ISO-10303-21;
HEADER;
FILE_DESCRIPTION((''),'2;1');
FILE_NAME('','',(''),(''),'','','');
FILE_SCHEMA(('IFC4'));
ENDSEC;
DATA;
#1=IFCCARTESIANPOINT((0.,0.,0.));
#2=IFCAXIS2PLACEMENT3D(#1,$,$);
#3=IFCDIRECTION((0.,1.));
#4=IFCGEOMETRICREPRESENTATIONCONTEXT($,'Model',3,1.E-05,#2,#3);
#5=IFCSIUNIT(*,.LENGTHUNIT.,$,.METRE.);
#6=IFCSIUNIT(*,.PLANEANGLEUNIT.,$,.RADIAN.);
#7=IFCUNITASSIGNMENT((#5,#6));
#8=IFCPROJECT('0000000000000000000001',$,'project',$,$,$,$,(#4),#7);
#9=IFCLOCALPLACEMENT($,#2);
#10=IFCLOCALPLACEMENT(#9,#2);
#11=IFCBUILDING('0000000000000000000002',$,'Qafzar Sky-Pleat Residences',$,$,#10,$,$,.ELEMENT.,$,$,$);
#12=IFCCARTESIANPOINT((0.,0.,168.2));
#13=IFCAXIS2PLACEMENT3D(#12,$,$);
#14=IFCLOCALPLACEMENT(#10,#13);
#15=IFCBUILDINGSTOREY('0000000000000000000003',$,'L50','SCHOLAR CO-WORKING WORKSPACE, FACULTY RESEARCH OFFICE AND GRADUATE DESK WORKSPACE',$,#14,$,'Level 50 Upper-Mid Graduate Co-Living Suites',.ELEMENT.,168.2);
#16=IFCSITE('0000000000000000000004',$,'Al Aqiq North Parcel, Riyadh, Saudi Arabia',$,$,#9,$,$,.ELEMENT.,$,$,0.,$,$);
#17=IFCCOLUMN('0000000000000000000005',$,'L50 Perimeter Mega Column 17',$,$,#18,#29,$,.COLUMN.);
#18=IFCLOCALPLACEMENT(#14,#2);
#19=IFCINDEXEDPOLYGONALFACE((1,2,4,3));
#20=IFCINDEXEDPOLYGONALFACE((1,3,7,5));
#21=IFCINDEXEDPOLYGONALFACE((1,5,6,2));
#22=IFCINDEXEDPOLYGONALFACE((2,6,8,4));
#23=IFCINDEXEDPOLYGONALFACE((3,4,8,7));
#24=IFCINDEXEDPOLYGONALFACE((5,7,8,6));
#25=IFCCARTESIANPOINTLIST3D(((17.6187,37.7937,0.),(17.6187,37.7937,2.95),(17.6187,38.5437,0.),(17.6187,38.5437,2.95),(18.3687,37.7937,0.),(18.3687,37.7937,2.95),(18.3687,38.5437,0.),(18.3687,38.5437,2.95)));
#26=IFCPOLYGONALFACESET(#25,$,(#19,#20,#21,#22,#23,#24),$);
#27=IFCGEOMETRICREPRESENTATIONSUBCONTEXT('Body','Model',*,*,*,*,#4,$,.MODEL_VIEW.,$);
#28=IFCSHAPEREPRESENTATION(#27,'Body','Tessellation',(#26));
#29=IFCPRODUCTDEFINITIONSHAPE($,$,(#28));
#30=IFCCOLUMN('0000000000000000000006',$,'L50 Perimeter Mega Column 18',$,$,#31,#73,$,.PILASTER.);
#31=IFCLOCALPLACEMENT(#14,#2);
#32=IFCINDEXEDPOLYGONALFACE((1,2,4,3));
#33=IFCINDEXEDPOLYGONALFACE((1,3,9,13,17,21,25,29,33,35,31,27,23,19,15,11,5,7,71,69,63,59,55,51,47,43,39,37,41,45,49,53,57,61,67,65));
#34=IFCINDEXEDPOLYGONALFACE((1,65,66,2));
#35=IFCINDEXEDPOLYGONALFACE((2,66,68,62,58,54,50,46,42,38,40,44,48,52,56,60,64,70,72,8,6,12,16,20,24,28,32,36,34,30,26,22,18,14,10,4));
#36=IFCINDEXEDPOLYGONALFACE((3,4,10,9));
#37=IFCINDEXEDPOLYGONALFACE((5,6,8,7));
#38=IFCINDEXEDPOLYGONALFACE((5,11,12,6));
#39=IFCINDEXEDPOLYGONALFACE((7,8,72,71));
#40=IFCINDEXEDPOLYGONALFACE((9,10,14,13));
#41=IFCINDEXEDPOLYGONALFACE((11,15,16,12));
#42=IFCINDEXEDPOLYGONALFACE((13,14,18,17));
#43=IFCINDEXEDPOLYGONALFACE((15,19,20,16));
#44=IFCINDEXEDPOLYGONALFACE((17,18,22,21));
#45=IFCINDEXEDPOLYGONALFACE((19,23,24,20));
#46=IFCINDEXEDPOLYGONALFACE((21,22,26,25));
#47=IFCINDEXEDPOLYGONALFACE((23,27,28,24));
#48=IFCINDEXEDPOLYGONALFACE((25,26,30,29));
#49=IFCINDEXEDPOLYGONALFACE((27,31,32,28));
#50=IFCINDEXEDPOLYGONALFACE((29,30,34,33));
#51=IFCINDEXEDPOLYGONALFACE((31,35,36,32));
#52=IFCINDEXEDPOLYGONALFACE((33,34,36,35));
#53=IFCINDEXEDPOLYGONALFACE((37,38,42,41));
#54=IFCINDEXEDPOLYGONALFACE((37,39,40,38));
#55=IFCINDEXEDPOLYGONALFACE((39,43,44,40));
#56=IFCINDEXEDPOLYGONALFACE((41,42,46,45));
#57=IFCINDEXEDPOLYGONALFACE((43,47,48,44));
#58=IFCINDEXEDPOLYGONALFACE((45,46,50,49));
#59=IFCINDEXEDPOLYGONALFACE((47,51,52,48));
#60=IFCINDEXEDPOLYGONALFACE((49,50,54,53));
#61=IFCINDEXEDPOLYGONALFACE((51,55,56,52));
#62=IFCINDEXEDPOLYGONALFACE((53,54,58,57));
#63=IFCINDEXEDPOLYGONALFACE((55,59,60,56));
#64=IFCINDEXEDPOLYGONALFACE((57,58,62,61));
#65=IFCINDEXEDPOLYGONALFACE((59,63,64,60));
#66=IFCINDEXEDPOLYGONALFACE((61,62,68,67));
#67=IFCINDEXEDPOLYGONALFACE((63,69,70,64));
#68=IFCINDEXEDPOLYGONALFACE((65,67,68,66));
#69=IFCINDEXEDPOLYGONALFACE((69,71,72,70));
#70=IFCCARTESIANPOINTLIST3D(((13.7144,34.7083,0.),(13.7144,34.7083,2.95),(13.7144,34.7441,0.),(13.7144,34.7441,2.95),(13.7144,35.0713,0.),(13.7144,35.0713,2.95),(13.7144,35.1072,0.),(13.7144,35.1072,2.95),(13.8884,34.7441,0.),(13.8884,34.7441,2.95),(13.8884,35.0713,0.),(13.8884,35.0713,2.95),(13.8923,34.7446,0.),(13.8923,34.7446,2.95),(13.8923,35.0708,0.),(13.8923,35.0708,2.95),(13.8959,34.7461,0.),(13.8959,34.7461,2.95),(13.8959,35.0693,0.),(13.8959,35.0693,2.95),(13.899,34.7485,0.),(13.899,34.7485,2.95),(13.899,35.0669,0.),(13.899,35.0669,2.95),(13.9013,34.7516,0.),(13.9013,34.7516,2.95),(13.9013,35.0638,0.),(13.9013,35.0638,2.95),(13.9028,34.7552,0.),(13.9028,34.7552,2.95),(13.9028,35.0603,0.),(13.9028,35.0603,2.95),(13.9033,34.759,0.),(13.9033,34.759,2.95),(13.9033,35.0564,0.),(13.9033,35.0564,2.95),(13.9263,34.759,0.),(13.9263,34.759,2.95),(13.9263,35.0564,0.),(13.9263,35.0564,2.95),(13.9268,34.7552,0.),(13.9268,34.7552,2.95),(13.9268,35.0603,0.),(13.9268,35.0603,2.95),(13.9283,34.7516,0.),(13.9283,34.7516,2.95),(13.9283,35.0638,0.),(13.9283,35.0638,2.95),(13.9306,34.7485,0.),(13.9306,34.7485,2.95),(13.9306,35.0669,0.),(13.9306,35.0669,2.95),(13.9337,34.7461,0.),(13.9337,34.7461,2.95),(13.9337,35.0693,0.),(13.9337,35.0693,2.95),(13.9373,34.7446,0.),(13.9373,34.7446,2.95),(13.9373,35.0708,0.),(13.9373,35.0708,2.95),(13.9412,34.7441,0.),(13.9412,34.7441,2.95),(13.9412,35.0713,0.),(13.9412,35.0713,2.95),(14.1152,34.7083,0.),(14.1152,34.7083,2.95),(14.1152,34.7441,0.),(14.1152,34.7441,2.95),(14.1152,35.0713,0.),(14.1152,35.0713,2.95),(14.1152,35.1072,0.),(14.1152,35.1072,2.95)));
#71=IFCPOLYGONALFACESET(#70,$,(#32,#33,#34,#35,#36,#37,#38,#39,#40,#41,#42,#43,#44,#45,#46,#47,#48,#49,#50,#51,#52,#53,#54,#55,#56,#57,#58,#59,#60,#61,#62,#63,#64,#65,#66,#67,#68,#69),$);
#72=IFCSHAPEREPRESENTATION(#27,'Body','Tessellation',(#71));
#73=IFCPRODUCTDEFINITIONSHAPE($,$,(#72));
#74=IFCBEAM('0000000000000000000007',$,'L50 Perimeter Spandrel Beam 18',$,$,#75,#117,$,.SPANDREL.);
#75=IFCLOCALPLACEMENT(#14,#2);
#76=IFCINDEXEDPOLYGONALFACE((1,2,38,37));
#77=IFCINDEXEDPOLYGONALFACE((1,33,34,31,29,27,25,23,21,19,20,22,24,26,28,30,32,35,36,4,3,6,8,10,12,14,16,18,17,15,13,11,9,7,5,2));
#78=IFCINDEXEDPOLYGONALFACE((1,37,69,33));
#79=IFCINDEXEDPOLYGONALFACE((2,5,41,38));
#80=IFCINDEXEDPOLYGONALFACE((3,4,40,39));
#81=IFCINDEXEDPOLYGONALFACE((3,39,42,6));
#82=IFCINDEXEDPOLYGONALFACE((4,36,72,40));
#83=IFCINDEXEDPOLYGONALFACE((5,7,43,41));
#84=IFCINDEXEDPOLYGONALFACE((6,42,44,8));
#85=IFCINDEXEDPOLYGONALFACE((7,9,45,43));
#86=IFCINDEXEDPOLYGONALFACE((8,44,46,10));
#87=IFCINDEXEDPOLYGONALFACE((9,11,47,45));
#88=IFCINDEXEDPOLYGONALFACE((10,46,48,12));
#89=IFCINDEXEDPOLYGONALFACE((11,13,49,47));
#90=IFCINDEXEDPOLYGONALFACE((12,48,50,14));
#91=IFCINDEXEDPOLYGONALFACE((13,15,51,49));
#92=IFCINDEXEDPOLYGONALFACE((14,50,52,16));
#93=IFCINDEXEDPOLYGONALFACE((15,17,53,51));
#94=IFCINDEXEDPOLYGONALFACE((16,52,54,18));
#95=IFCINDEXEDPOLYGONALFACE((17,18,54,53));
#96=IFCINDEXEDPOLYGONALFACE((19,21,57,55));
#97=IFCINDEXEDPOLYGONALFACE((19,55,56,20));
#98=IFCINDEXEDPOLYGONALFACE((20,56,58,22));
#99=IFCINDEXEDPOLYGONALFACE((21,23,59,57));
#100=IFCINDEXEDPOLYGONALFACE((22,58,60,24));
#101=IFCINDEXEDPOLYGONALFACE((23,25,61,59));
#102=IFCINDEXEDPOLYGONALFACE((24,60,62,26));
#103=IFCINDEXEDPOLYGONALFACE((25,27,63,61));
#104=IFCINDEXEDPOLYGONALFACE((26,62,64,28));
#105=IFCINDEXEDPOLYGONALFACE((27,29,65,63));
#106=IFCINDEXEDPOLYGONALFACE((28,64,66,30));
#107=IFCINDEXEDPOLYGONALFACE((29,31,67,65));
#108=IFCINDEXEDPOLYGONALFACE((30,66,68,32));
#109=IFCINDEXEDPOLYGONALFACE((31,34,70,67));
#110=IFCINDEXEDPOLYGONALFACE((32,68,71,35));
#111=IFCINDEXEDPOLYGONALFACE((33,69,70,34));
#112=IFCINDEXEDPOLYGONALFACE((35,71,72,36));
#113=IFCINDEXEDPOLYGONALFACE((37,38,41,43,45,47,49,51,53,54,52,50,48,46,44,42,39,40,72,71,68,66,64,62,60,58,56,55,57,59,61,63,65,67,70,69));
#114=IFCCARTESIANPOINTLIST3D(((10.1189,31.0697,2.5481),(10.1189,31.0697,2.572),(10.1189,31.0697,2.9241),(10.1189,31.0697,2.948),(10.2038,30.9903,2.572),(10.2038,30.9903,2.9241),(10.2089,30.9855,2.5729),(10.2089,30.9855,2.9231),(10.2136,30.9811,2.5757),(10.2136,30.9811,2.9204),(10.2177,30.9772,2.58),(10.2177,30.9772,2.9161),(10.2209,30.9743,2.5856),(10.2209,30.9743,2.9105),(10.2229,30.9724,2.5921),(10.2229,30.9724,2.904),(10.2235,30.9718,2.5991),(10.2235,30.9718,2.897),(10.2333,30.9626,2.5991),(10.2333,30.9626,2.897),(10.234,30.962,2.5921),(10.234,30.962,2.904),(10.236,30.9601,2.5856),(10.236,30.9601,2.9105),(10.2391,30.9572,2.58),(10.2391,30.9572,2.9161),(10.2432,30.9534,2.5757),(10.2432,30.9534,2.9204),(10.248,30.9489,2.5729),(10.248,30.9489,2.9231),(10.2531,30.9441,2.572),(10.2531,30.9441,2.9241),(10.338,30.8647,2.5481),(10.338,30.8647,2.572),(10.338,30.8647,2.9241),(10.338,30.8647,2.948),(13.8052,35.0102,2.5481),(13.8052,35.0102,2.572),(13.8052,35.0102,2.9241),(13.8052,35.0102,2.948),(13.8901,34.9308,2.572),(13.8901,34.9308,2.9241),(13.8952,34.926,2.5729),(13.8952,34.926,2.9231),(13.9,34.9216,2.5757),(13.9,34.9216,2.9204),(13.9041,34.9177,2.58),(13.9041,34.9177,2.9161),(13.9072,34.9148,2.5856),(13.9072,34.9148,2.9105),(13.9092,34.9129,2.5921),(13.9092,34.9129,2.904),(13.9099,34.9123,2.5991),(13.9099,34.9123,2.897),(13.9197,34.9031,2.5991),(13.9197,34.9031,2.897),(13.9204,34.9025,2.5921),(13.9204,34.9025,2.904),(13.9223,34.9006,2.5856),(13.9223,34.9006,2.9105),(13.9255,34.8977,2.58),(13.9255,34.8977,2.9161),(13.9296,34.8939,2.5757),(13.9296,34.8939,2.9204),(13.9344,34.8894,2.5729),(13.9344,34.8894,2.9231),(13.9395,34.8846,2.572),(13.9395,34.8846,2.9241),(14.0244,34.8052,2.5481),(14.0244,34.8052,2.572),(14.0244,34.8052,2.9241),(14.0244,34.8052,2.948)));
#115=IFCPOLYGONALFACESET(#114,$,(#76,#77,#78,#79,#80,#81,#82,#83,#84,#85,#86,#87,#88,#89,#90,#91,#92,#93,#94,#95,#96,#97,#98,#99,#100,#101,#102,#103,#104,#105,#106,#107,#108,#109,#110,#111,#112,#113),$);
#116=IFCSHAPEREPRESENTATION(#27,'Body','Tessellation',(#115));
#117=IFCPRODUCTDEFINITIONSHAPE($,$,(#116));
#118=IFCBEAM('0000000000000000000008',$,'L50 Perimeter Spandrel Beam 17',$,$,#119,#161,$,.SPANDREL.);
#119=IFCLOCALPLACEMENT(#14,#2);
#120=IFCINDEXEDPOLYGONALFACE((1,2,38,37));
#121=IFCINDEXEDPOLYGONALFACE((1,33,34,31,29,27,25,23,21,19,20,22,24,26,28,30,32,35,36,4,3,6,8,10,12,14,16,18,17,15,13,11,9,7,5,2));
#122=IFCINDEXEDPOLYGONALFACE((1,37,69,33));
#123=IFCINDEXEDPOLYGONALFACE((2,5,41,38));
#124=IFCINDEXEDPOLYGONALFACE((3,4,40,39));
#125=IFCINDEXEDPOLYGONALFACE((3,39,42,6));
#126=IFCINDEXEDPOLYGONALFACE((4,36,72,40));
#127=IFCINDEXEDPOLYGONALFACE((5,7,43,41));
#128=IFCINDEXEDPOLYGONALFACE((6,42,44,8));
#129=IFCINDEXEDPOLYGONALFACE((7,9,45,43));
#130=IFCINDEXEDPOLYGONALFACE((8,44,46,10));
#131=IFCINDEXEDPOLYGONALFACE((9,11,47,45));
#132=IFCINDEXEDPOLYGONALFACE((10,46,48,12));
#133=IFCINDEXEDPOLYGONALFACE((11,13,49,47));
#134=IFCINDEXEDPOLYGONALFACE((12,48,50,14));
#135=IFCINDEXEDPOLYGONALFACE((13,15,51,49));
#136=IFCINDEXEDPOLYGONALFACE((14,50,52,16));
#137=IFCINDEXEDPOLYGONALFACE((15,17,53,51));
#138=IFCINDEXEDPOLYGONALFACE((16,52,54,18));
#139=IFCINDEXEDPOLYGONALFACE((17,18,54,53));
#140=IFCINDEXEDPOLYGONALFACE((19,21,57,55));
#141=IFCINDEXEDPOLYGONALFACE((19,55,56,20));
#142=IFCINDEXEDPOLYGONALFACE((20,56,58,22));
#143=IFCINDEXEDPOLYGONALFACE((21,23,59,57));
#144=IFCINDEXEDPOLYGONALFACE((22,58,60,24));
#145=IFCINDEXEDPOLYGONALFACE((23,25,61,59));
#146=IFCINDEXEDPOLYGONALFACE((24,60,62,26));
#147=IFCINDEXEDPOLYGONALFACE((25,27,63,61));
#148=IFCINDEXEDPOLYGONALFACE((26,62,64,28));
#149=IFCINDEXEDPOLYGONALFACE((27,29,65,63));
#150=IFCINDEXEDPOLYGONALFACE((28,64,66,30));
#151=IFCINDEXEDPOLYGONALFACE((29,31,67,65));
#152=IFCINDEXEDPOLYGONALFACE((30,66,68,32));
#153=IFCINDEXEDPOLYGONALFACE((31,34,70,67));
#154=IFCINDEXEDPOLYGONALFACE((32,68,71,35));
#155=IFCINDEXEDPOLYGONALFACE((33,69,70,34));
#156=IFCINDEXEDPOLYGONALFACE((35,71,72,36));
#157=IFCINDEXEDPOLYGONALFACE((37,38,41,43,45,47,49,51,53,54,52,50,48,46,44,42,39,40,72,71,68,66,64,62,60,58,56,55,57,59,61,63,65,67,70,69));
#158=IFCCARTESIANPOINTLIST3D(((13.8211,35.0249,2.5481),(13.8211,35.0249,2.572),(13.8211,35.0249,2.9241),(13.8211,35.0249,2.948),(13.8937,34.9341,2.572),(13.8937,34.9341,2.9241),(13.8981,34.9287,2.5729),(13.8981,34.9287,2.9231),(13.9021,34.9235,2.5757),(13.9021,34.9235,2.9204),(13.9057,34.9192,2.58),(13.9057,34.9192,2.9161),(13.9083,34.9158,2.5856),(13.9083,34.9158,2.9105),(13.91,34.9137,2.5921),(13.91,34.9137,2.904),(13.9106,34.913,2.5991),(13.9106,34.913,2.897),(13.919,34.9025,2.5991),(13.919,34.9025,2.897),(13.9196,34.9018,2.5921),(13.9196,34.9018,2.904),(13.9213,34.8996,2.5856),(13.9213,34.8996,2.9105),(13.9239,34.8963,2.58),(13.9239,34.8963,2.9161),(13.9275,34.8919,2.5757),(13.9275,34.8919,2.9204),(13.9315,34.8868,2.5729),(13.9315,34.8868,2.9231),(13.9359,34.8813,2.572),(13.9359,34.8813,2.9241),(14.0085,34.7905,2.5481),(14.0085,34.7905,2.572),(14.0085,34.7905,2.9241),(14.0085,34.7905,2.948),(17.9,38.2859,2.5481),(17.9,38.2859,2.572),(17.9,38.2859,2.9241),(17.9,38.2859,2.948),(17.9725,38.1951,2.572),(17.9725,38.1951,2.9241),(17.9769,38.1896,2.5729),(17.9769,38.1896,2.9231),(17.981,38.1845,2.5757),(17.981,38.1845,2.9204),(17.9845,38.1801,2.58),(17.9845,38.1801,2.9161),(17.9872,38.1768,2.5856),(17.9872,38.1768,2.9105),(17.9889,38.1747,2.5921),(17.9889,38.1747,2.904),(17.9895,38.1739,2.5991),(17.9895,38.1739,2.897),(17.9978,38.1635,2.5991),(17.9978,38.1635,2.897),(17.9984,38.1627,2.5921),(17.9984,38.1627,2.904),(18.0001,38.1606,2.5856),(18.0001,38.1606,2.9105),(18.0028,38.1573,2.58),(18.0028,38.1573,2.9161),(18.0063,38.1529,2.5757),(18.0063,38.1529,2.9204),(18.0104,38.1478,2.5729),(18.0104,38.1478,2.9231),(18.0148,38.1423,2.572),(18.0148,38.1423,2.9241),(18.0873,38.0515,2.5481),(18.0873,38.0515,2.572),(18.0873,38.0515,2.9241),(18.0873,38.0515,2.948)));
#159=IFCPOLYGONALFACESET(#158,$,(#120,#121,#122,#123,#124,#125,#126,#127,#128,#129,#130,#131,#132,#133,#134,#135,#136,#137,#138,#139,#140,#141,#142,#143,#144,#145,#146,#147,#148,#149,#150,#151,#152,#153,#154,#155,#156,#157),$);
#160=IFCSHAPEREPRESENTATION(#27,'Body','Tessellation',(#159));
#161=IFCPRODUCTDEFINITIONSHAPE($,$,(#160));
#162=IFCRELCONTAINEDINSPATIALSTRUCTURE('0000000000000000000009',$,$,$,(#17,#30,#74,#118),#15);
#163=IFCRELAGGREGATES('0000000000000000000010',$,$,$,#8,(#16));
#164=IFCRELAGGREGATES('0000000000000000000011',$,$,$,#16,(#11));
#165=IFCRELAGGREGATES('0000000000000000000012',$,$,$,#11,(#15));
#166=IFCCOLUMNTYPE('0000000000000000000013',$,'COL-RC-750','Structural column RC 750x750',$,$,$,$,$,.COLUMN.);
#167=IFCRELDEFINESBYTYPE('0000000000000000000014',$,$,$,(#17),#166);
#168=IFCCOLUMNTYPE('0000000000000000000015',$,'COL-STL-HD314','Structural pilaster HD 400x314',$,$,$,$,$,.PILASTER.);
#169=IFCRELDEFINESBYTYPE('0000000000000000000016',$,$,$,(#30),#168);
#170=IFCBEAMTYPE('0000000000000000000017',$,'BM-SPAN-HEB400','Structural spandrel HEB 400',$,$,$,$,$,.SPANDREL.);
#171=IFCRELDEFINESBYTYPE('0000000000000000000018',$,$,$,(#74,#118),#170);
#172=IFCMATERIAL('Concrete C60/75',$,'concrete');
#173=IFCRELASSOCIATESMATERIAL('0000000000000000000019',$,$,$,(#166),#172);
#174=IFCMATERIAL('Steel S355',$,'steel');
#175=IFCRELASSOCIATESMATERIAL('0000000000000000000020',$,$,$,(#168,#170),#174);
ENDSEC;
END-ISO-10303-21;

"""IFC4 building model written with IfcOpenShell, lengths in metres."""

from ifc_helpers import new_model, si_unit, direction, frame, origin, origin_2d, place, context, subcontext, project, spatial, rectangle, i_section, extrude, source, transform, mapped, material, material_profile, profile_set, type_object, element, save


model = new_model("IFC4")

# Units and contexts
model_context = context("Model", 3, precision=1e-05, world=origin(), true_north=direction((0.0, 1.0)))
body_context = subcontext(model_context, "Body", "Model", "MODEL_VIEW")
ifc_project = project(units=[si_unit("LENGTHUNIT", "METRE"), si_unit("PLANEANGLEUNIT", "RADIAN")], contexts=[model_context])

# Site, building, storey
site_placement = place(None, origin())
site = spatial("IfcSite", under=ifc_project, at=site_placement, Name="Al Aqiq North Parcel, Riyadh, Saudi Arabia", CompositionType="ELEMENT", RefElevation=0.0)
building_placement = place(site_placement, origin())
building = spatial("IfcBuilding", under=site, at=building_placement, Name="Qafzar Sky-Pleat Residences", CompositionType="ELEMENT")
storey_placement = place(building_placement, frame((0.0, 0.0, 168.2)))
storey = spatial("IfcBuildingStorey", under=building, at=storey_placement, Name="L50", Description="SCHOLAR CO-WORKING WORKSPACE, FACULTY RESEARCH OFFICE AND GRADUATE DESK WORKSPACE", LongName="Level 50 Upper-Mid Graduate Co-Living Suites", CompositionType="ELEMENT", Elevation=168.2)

# Columns
ifc_material_1 = material(Name="Concrete C60/75", Category="concrete")
ifc_material_profile_1 = material_profile(ifc_material_1, rectangle(XDim=0.75, YDim=0.75, at=origin_2d()), Name="RC 750x750")
ifc_profile_set_1 = profile_set([ifc_material_profile_1], Name="Concrete C60/75")
column_type_1 = type_object("IfcColumnType", Name="COL-RC-750", Description="Structural column RC 750x750", PredefinedType="COLUMN", material=ifc_profile_set_1)
shared_shape_1 = source(origin(), body_context, "Body", "SweptSolid", [
    extrude(rectangle(XDim=0.75, YDim=0.75, at=origin_2d()), origin(), (0.0, 0.0, 1.0), 2.95),
])
column_1_placement = place(storey_placement, frame((17.9937, 38.1687, 0.0), z_axis=(0.0, 0.0, 1.0), x_axis=(1.0, 0.0, 0.0)))
element("IfcColumn", 1, at=column_1_placement, inside=storey, type_object=column_type_1, Name="L50 Perimeter Mega Column 17", PredefinedType="COLUMN", context=body_context, shape_type="MappedRepresentation", body=[
    mapped(shared_shape_1, transform((0.0, 0.0, 0.0), x_axis=(1.0, 0.0, 0.0), y_axis=(0.0, 1.0, 0.0), z_axis=(0.0, 0.0, 1.0), scale=1.0)),
])
ifc_material_2 = material(Name="Steel S355", Category="steel")
ifc_material_profile_2 = material_profile(ifc_material_2, i_section(OverallWidth=0.4009, OverallDepth=0.3989, WebThickness=0.0229, FlangeThickness=0.0359, FilletRadius=0.0149, at=origin_2d()), Name="HD 400x314")
ifc_profile_set_2 = profile_set([ifc_material_profile_2], Name="Steel S355")
column_type_2 = type_object("IfcColumnType", Name="COL-STL-HD314", Description="Structural pilaster HD 400x314", PredefinedType="PILASTER", material=ifc_profile_set_2)
shared_shape_2 = source(origin(), body_context, "Body", "SweptSolid", [
    extrude(i_section(OverallWidth=0.4009, OverallDepth=0.3989, WebThickness=0.0229, FlangeThickness=0.0359, FilletRadius=0.0149, at=origin_2d()), origin(), (0.0, 0.0, 1.0), 2.95),
])
column_2_placement = place(storey_placement, frame((13.9148, 34.9077, 0.0), z_axis=(0.0, 0.0, 1.0), x_axis=(1.0, 0.0, 0.0)))
element("IfcColumn", 2, at=column_2_placement, inside=storey, type_object=column_type_2, Name="L50 Perimeter Mega Column 18", PredefinedType="PILASTER", context=body_context, shape_type="MappedRepresentation", body=[
    mapped(shared_shape_2, transform((0.0, 0.0, 0.0), x_axis=(1.0, 0.0, 0.0), y_axis=(0.0, 1.0, 0.0), z_axis=(0.0, 0.0, 1.0), scale=1.0)),
])

# Beams
ifc_material_profile_3 = material_profile(ifc_material_2, i_section(OverallWidth=0.3, OverallDepth=0.3999, WebThickness=0.0134, FlangeThickness=0.0239, FilletRadius=0.0271, at=origin_2d()), Name="HEB 400")
ifc_profile_set_3 = profile_set([ifc_material_profile_3], Name="Steel S355")
beam_type_1 = type_object("IfcBeamType", Name="BM-SPAN-HEB400", Description="Structural spandrel HEB 400", PredefinedType="SPANDREL", material=ifc_profile_set_3)
shared_shape_3 = source(origin(), body_context, "Body", "SweptSolid", [
    extrude(i_section(OverallWidth=0.3, OverallDepth=0.3999, WebThickness=0.0134, FlangeThickness=0.0239, FilletRadius=0.0271, at=origin_2d()), origin(), (0.0, 0.0, 1.0), 5.396),
])
beam_1_placement = place(storey_placement, frame((13.9148, 34.9077, 2.748), z_axis=(-0.683164, -0.730265, 0.0), x_axis=(0.730265, -0.683164, 0.0)))
element("IfcBeam", 3, at=beam_1_placement, inside=storey, type_object=beam_type_1, Name="L50 Perimeter Spandrel Beam 18", PredefinedType="SPANDREL", context=body_context, shape_type="MappedRepresentation", body=[
    mapped(shared_shape_3, transform((0.0, 0.0, 0.0), x_axis=(1.0, 0.0, 0.0), y_axis=(0.0, 1.0, 0.0), z_axis=(0.0, 0.0, 1.0), scale=1.0)),
])
shared_shape_4 = source(origin(), body_context, "Body", "SweptSolid", [
    extrude(i_section(OverallWidth=0.3, OverallDepth=0.3999, WebThickness=0.0134, FlangeThickness=0.0239, FilletRadius=0.0271, at=origin_2d()), origin(), (0.0, 0.0, 1.0), 5.2222),
])
beam_2_placement = place(storey_placement, frame((17.9937, 38.1687, 2.748), z_axis=(-0.781065, -0.62445, 0.0), x_axis=(0.62445, -0.781065, 0.0)))
element("IfcBeam", 4, at=beam_2_placement, inside=storey, type_object=beam_type_1, Name="L50 Perimeter Spandrel Beam 17", PredefinedType="SPANDREL", context=body_context, shape_type="MappedRepresentation", body=[
    mapped(shared_shape_4, transform((0.0, 0.0, 0.0), x_axis=(1.0, 0.0, 0.0), y_axis=(0.0, 1.0, 0.0), z_axis=(0.0, 0.0, 1.0), scale=1.0)),
])

save(model, "model.ifc")
